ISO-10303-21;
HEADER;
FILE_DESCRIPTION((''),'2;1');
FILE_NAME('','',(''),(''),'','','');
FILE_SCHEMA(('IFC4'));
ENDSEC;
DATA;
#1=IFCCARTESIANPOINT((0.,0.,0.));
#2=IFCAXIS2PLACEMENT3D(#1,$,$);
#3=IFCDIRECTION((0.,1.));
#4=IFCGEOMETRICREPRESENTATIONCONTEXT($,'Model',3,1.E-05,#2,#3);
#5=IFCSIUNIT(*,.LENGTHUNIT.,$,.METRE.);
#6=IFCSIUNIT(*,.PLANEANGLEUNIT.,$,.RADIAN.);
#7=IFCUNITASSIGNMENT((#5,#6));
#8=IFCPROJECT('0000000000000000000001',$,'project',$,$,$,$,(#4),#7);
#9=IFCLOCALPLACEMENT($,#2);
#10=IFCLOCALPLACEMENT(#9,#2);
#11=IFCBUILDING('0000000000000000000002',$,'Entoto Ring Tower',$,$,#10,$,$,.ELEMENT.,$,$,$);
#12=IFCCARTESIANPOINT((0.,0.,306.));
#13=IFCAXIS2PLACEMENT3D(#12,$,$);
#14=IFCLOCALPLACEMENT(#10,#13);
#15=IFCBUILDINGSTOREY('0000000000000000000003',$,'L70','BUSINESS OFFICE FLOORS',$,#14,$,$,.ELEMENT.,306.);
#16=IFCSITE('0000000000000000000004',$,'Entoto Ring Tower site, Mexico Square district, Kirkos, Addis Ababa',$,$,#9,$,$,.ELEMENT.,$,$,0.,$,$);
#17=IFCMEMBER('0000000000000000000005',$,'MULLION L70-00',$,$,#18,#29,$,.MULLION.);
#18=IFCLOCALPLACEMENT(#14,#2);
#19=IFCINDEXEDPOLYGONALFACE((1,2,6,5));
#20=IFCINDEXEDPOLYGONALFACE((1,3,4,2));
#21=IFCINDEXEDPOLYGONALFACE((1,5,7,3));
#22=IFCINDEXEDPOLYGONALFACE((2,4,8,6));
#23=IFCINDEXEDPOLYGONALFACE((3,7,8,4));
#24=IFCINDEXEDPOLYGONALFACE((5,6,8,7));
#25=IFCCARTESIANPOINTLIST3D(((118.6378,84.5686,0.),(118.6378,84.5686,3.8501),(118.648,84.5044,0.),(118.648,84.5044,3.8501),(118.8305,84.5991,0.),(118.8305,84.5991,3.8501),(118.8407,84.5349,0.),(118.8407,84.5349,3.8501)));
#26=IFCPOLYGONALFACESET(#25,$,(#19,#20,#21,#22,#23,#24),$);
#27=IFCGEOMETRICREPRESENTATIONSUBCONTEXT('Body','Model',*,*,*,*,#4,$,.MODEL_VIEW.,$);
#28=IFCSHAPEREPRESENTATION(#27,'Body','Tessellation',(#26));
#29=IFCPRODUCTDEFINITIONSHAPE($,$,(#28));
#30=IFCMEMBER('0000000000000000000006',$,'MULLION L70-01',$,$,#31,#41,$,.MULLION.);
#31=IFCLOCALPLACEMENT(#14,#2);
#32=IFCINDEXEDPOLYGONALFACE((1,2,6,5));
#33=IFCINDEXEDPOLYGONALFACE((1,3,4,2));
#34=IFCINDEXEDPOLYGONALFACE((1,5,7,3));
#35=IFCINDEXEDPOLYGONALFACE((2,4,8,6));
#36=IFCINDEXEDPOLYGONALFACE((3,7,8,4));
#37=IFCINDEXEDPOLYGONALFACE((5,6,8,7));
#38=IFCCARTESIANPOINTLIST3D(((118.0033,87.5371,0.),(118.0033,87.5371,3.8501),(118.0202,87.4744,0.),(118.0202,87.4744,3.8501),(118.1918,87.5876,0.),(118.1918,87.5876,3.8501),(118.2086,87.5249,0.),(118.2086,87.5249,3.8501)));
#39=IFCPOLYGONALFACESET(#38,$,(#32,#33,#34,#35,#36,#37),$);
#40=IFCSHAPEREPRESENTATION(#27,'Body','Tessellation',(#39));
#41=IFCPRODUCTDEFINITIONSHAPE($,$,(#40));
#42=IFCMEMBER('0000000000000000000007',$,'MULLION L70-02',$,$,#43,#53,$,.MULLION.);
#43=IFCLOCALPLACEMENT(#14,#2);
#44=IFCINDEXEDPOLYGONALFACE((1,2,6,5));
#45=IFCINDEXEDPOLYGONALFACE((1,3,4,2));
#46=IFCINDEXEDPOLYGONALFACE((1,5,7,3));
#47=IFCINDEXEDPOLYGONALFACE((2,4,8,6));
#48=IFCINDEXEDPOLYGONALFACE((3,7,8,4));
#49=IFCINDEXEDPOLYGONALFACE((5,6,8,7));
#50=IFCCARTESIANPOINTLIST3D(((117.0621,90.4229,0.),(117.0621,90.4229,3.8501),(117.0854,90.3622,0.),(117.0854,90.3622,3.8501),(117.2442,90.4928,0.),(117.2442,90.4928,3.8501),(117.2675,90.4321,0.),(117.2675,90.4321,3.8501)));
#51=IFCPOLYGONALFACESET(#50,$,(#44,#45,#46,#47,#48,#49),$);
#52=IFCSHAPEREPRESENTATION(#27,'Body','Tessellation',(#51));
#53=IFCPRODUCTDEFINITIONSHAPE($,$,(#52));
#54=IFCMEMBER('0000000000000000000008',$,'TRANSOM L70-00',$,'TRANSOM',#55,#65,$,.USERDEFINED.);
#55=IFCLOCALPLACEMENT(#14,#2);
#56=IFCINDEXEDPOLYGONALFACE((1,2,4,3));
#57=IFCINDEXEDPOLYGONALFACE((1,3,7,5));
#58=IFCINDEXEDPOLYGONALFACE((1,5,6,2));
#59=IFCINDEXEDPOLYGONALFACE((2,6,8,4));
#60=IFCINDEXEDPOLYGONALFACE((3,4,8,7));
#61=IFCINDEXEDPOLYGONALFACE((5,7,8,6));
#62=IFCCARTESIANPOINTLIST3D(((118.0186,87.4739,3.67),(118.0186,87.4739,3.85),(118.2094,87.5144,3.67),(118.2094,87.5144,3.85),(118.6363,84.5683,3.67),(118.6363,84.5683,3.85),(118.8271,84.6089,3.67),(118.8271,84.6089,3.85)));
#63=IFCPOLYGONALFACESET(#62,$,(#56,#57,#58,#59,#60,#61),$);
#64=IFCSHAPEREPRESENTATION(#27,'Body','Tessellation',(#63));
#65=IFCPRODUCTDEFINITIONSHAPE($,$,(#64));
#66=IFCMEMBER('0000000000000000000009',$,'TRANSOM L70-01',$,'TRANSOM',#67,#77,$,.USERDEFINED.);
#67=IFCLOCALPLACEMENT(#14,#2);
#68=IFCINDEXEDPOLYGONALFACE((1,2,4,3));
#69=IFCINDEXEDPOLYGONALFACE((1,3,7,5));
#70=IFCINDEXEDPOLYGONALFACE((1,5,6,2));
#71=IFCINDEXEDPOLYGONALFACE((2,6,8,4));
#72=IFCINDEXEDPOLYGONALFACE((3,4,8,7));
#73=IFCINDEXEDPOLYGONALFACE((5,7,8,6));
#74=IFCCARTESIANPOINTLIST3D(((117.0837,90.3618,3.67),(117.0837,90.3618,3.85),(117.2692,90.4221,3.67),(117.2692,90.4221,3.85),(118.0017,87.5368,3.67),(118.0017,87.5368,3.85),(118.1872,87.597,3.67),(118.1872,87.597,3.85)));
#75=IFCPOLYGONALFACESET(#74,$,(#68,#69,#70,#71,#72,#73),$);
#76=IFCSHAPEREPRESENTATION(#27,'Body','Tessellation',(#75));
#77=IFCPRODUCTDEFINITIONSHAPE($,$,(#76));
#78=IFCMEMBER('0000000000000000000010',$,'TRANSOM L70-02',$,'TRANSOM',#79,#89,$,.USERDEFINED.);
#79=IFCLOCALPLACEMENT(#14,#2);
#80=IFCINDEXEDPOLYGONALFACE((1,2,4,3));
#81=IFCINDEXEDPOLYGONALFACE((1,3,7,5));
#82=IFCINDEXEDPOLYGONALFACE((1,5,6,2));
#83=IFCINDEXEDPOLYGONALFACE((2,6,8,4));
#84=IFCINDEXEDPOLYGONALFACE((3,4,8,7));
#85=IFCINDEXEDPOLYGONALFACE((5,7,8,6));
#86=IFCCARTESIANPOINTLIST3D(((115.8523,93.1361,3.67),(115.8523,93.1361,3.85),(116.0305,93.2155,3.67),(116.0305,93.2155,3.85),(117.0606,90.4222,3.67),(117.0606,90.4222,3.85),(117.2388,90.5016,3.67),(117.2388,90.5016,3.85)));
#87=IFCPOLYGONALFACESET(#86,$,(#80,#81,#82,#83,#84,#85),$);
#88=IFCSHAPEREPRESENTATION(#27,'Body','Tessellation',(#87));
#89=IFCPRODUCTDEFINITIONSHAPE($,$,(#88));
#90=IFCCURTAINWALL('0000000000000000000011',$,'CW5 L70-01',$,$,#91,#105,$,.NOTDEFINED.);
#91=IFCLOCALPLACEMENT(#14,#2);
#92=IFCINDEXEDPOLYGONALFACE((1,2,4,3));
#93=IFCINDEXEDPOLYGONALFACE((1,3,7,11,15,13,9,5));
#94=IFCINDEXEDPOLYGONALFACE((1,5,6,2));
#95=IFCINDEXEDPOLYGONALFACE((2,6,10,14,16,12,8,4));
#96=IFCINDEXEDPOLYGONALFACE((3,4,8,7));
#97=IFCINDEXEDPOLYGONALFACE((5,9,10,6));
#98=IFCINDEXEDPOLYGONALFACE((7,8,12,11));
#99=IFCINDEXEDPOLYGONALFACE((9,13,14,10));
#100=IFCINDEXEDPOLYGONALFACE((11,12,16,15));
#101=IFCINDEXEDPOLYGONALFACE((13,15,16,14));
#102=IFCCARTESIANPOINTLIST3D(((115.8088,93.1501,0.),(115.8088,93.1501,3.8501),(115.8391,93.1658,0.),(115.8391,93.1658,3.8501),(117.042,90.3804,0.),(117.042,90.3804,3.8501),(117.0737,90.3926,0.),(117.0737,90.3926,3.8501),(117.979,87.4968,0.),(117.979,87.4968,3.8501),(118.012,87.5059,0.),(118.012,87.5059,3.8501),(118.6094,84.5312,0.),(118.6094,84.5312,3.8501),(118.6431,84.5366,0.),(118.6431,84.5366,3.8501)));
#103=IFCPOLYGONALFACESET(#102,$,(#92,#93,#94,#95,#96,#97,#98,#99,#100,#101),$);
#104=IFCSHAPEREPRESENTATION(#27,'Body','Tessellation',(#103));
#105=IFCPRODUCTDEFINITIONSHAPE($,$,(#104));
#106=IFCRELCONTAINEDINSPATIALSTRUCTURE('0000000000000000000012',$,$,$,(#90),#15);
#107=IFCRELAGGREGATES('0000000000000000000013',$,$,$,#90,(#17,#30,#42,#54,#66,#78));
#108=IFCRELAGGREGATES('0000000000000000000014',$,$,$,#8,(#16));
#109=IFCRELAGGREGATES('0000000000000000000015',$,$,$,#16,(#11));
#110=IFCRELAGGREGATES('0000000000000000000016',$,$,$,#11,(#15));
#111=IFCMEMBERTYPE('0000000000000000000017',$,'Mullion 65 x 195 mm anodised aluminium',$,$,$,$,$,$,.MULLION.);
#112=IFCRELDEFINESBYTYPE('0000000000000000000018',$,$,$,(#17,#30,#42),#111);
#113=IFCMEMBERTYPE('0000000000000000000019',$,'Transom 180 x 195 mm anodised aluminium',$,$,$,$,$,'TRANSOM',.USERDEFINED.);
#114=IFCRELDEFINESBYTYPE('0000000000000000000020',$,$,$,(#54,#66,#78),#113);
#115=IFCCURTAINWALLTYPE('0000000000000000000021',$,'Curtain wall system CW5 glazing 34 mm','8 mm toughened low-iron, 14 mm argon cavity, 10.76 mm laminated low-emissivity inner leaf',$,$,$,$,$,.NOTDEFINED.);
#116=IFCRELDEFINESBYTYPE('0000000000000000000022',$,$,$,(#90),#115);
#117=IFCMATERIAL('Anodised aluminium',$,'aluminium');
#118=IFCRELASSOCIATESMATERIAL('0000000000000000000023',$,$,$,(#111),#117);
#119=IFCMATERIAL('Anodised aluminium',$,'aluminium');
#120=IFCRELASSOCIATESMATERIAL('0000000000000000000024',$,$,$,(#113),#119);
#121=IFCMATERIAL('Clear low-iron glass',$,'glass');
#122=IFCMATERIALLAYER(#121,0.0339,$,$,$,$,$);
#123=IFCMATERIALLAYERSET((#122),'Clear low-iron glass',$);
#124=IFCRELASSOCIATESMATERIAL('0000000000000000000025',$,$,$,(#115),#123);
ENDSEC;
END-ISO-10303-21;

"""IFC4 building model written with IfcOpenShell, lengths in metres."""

from ifc_helpers import new_model, si_unit, direction, frame, origin, origin_2d, place, context, subcontext, project, spatial, polyline, rectangle, outline, extrude, material, layer, layer_set, material_profile, profile_set, type_object, element, aggregate, save


model = new_model("IFC4")

# Units and contexts
model_context = context("Model", 3, precision=1e-05, world=origin(), true_north=direction((0.0, 1.0)))
body_context = subcontext(model_context, "Body", "Model", "MODEL_VIEW")
ifc_project = project(units=[si_unit("LENGTHUNIT", "METRE"), si_unit("PLANEANGLEUNIT", "RADIAN")], contexts=[model_context])

# Members
ifc_material_1 = material(Name="Anodised aluminium", Category="aluminium")
ifc_material_profile_1 = material_profile(ifc_material_1, rectangle(XDim=0.0649, YDim=0.1951, at=origin_2d()), Name="Mullion 65 x 195 mm anodised aluminium")
ifc_profile_set_1 = profile_set([ifc_material_profile_1], Name="Anodised aluminium")
member_type_1 = type_object("IfcMemberType", Name="Mullion 65 x 195 mm anodised aluminium", PredefinedType="MULLION", material=ifc_profile_set_1)
site_placement = place(None, origin())
building_placement = place(site_placement, origin())
storey_placement = place(building_placement, frame((0.0, 0.0, 306.0)))
member_1_placement = place(storey_placement, frame((118.7393, 84.5518, 0.0), z_axis=(0.0, 0.0, 1.0), x_axis=(-0.156434, 0.987688, 0.0)))
member_1 = element("IfcMember", 1, at=member_1_placement, type_object=member_type_1, Name="MULLION L70-00", PredefinedType="MULLION", context=body_context, shape_type="SweptSolid", body=[
    extrude(rectangle(XDim=0.0649, YDim=0.1951, at=origin_2d()), origin(), (0.0, 0.0, 1.0), 3.8501),
])
member_2_placement = place(storey_placement, frame((118.106, 87.531, 0.0), z_axis=(0.0, 0.0, 1.0), x_axis=(-0.258819, 0.965926, 0.0)))
member_2 = element("IfcMember", 2, at=member_2_placement, type_object=member_type_1, Name="MULLION L70-01", PredefinedType="MULLION", context=body_context, shape_type="SweptSolid", body=[
    extrude(rectangle(XDim=0.0649, YDim=0.1951, at=origin_2d()), origin(), (0.0, 0.0, 1.0), 3.8501),
])
member_3_placement = place(storey_placement, frame((117.1648, 90.4275, 0.0), z_axis=(0.0, 0.0, 1.0), x_axis=(-0.358368, 0.93358, 0.0)))
member_3 = element("IfcMember", 3, at=member_3_placement, type_object=member_type_1, Name="MULLION L70-02", PredefinedType="MULLION", context=body_context, shape_type="SweptSolid", body=[
    extrude(rectangle(XDim=0.0649, YDim=0.1951, at=origin_2d()), origin(), (0.0, 0.0, 1.0), 3.8501),
])
ifc_material_2 = material(Name="Anodised aluminium", Category="aluminium")
ifc_material_profile_2 = material_profile(ifc_material_2, rectangle(XDim=0.1951, YDim=0.1799, at=origin_2d()), Name="Transom 180 x 195 mm anodised aluminium")
ifc_profile_set_2 = profile_set([ifc_material_profile_2], Name="Anodised aluminium")
member_type_2 = type_object("IfcMemberType", Name="Transom 180 x 195 mm anodised aluminium", ElementType="TRANSOM", PredefinedType="USERDEFINED", material=ifc_profile_set_2)
member_4_placement = place(storey_placement, frame((118.7317, 84.5886, 3.76), z_axis=(-0.20794, 0.978142, 0.0), x_axis=(-0.978142, -0.20794, 0.0)))
member_4 = element("IfcMember", 4, at=member_4_placement, type_object=member_type_2, Name="TRANSOM L70-00", ObjectType="TRANSOM", PredefinedType="USERDEFINED", context=body_context, shape_type="SweptSolid", body=[
    extrude(rectangle(XDim=0.1951, YDim=0.1799, at=origin_2d()), origin(), (0.0, 0.0, 1.0), 2.9705),
])
member_5_placement = place(storey_placement, frame((118.0945, 87.5669, 3.76), z_axis=(-0.309043, 0.951048, 0.0), x_axis=(-0.951048, -0.309043, 0.0)))
member_5 = element("IfcMember", 5, at=member_5_placement, type_object=member_type_2, Name="TRANSOM L70-01", ObjectType="TRANSOM", PredefinedType="USERDEFINED", context=body_context, shape_type="SweptSolid", body=[
    extrude(rectangle(XDim=0.1951, YDim=0.1799, at=origin_2d()), origin(), (0.0, 0.0, 1.0), 2.9705),
])
member_6_placement = place(storey_placement, frame((117.1497, 90.4619, 3.76), z_axis=(-0.406726, 0.91355, 0.0), x_axis=(-0.91355, -0.406726, 0.0)))
member_6 = element("IfcMember", 6, at=member_6_placement, type_object=member_type_2, Name="TRANSOM L70-02", ObjectType="TRANSOM", PredefinedType="USERDEFINED", context=body_context, shape_type="SweptSolid", body=[
    extrude(rectangle(XDim=0.1951, YDim=0.1799, at=origin_2d()), origin(), (0.0, 0.0, 1.0), 2.9707),
])

# Site, building, storey
site = spatial("IfcSite", under=ifc_project, at=site_placement, Name="Entoto Ring Tower site, Mexico Square district, Kirkos, Addis Ababa", CompositionType="ELEMENT", RefElevation=0.0)
building = spatial("IfcBuilding", under=site, at=building_placement, Name="Entoto Ring Tower", CompositionType="ELEMENT")
storey = spatial("IfcBuildingStorey", under=building, at=storey_placement, Name="L70", Description="BUSINESS OFFICE FLOORS", CompositionType="ELEMENT", Elevation=306.0)

# Curtain wall
ifc_material_3 = material(Name="Clear low-iron glass", Category="glass")
ifc_layer_1 = layer(ifc_material_3, 0.0339)
ifc_layer_set_1 = layer_set([ifc_layer_1], Name="Clear low-iron glass")
curtain_wall_type = type_object("IfcCurtainWallType", Name="Curtain wall system CW5 glazing 34 mm", Description="8 mm toughened low-iron, 14 mm argon cavity, 10.76 mm laminated low-emissivity inner leaf", PredefinedType="NOTDEFINED", material=ifc_layer_set_1)
curtain_wall_1_placement = place(storey_placement, origin())
curtain_wall_1 = element("IfcCurtainWall", 7, at=curtain_wall_1_placement, inside=storey, type_object=curtain_wall_type, Name="CW5 L70-01", PredefinedType="NOTDEFINED", context=body_context, shape_type="SweptSolid", body=[
    extrude(outline(polyline([(118.6431, 84.5366), (118.012, 87.5059), (117.0737, 90.3926), (115.8391, 93.1658), (115.8088, 93.1501), (117.042, 90.3804), (117.979, 87.4968), (118.6094, 84.5312), (118.6431, 84.5366)])), origin(), (0.0, 0.0, 1.0), 3.8501),
])
aggregate(curtain_wall_1, [member_1, member_2, member_3, member_4, member_5, member_6])

save(model, "model.ifc")
